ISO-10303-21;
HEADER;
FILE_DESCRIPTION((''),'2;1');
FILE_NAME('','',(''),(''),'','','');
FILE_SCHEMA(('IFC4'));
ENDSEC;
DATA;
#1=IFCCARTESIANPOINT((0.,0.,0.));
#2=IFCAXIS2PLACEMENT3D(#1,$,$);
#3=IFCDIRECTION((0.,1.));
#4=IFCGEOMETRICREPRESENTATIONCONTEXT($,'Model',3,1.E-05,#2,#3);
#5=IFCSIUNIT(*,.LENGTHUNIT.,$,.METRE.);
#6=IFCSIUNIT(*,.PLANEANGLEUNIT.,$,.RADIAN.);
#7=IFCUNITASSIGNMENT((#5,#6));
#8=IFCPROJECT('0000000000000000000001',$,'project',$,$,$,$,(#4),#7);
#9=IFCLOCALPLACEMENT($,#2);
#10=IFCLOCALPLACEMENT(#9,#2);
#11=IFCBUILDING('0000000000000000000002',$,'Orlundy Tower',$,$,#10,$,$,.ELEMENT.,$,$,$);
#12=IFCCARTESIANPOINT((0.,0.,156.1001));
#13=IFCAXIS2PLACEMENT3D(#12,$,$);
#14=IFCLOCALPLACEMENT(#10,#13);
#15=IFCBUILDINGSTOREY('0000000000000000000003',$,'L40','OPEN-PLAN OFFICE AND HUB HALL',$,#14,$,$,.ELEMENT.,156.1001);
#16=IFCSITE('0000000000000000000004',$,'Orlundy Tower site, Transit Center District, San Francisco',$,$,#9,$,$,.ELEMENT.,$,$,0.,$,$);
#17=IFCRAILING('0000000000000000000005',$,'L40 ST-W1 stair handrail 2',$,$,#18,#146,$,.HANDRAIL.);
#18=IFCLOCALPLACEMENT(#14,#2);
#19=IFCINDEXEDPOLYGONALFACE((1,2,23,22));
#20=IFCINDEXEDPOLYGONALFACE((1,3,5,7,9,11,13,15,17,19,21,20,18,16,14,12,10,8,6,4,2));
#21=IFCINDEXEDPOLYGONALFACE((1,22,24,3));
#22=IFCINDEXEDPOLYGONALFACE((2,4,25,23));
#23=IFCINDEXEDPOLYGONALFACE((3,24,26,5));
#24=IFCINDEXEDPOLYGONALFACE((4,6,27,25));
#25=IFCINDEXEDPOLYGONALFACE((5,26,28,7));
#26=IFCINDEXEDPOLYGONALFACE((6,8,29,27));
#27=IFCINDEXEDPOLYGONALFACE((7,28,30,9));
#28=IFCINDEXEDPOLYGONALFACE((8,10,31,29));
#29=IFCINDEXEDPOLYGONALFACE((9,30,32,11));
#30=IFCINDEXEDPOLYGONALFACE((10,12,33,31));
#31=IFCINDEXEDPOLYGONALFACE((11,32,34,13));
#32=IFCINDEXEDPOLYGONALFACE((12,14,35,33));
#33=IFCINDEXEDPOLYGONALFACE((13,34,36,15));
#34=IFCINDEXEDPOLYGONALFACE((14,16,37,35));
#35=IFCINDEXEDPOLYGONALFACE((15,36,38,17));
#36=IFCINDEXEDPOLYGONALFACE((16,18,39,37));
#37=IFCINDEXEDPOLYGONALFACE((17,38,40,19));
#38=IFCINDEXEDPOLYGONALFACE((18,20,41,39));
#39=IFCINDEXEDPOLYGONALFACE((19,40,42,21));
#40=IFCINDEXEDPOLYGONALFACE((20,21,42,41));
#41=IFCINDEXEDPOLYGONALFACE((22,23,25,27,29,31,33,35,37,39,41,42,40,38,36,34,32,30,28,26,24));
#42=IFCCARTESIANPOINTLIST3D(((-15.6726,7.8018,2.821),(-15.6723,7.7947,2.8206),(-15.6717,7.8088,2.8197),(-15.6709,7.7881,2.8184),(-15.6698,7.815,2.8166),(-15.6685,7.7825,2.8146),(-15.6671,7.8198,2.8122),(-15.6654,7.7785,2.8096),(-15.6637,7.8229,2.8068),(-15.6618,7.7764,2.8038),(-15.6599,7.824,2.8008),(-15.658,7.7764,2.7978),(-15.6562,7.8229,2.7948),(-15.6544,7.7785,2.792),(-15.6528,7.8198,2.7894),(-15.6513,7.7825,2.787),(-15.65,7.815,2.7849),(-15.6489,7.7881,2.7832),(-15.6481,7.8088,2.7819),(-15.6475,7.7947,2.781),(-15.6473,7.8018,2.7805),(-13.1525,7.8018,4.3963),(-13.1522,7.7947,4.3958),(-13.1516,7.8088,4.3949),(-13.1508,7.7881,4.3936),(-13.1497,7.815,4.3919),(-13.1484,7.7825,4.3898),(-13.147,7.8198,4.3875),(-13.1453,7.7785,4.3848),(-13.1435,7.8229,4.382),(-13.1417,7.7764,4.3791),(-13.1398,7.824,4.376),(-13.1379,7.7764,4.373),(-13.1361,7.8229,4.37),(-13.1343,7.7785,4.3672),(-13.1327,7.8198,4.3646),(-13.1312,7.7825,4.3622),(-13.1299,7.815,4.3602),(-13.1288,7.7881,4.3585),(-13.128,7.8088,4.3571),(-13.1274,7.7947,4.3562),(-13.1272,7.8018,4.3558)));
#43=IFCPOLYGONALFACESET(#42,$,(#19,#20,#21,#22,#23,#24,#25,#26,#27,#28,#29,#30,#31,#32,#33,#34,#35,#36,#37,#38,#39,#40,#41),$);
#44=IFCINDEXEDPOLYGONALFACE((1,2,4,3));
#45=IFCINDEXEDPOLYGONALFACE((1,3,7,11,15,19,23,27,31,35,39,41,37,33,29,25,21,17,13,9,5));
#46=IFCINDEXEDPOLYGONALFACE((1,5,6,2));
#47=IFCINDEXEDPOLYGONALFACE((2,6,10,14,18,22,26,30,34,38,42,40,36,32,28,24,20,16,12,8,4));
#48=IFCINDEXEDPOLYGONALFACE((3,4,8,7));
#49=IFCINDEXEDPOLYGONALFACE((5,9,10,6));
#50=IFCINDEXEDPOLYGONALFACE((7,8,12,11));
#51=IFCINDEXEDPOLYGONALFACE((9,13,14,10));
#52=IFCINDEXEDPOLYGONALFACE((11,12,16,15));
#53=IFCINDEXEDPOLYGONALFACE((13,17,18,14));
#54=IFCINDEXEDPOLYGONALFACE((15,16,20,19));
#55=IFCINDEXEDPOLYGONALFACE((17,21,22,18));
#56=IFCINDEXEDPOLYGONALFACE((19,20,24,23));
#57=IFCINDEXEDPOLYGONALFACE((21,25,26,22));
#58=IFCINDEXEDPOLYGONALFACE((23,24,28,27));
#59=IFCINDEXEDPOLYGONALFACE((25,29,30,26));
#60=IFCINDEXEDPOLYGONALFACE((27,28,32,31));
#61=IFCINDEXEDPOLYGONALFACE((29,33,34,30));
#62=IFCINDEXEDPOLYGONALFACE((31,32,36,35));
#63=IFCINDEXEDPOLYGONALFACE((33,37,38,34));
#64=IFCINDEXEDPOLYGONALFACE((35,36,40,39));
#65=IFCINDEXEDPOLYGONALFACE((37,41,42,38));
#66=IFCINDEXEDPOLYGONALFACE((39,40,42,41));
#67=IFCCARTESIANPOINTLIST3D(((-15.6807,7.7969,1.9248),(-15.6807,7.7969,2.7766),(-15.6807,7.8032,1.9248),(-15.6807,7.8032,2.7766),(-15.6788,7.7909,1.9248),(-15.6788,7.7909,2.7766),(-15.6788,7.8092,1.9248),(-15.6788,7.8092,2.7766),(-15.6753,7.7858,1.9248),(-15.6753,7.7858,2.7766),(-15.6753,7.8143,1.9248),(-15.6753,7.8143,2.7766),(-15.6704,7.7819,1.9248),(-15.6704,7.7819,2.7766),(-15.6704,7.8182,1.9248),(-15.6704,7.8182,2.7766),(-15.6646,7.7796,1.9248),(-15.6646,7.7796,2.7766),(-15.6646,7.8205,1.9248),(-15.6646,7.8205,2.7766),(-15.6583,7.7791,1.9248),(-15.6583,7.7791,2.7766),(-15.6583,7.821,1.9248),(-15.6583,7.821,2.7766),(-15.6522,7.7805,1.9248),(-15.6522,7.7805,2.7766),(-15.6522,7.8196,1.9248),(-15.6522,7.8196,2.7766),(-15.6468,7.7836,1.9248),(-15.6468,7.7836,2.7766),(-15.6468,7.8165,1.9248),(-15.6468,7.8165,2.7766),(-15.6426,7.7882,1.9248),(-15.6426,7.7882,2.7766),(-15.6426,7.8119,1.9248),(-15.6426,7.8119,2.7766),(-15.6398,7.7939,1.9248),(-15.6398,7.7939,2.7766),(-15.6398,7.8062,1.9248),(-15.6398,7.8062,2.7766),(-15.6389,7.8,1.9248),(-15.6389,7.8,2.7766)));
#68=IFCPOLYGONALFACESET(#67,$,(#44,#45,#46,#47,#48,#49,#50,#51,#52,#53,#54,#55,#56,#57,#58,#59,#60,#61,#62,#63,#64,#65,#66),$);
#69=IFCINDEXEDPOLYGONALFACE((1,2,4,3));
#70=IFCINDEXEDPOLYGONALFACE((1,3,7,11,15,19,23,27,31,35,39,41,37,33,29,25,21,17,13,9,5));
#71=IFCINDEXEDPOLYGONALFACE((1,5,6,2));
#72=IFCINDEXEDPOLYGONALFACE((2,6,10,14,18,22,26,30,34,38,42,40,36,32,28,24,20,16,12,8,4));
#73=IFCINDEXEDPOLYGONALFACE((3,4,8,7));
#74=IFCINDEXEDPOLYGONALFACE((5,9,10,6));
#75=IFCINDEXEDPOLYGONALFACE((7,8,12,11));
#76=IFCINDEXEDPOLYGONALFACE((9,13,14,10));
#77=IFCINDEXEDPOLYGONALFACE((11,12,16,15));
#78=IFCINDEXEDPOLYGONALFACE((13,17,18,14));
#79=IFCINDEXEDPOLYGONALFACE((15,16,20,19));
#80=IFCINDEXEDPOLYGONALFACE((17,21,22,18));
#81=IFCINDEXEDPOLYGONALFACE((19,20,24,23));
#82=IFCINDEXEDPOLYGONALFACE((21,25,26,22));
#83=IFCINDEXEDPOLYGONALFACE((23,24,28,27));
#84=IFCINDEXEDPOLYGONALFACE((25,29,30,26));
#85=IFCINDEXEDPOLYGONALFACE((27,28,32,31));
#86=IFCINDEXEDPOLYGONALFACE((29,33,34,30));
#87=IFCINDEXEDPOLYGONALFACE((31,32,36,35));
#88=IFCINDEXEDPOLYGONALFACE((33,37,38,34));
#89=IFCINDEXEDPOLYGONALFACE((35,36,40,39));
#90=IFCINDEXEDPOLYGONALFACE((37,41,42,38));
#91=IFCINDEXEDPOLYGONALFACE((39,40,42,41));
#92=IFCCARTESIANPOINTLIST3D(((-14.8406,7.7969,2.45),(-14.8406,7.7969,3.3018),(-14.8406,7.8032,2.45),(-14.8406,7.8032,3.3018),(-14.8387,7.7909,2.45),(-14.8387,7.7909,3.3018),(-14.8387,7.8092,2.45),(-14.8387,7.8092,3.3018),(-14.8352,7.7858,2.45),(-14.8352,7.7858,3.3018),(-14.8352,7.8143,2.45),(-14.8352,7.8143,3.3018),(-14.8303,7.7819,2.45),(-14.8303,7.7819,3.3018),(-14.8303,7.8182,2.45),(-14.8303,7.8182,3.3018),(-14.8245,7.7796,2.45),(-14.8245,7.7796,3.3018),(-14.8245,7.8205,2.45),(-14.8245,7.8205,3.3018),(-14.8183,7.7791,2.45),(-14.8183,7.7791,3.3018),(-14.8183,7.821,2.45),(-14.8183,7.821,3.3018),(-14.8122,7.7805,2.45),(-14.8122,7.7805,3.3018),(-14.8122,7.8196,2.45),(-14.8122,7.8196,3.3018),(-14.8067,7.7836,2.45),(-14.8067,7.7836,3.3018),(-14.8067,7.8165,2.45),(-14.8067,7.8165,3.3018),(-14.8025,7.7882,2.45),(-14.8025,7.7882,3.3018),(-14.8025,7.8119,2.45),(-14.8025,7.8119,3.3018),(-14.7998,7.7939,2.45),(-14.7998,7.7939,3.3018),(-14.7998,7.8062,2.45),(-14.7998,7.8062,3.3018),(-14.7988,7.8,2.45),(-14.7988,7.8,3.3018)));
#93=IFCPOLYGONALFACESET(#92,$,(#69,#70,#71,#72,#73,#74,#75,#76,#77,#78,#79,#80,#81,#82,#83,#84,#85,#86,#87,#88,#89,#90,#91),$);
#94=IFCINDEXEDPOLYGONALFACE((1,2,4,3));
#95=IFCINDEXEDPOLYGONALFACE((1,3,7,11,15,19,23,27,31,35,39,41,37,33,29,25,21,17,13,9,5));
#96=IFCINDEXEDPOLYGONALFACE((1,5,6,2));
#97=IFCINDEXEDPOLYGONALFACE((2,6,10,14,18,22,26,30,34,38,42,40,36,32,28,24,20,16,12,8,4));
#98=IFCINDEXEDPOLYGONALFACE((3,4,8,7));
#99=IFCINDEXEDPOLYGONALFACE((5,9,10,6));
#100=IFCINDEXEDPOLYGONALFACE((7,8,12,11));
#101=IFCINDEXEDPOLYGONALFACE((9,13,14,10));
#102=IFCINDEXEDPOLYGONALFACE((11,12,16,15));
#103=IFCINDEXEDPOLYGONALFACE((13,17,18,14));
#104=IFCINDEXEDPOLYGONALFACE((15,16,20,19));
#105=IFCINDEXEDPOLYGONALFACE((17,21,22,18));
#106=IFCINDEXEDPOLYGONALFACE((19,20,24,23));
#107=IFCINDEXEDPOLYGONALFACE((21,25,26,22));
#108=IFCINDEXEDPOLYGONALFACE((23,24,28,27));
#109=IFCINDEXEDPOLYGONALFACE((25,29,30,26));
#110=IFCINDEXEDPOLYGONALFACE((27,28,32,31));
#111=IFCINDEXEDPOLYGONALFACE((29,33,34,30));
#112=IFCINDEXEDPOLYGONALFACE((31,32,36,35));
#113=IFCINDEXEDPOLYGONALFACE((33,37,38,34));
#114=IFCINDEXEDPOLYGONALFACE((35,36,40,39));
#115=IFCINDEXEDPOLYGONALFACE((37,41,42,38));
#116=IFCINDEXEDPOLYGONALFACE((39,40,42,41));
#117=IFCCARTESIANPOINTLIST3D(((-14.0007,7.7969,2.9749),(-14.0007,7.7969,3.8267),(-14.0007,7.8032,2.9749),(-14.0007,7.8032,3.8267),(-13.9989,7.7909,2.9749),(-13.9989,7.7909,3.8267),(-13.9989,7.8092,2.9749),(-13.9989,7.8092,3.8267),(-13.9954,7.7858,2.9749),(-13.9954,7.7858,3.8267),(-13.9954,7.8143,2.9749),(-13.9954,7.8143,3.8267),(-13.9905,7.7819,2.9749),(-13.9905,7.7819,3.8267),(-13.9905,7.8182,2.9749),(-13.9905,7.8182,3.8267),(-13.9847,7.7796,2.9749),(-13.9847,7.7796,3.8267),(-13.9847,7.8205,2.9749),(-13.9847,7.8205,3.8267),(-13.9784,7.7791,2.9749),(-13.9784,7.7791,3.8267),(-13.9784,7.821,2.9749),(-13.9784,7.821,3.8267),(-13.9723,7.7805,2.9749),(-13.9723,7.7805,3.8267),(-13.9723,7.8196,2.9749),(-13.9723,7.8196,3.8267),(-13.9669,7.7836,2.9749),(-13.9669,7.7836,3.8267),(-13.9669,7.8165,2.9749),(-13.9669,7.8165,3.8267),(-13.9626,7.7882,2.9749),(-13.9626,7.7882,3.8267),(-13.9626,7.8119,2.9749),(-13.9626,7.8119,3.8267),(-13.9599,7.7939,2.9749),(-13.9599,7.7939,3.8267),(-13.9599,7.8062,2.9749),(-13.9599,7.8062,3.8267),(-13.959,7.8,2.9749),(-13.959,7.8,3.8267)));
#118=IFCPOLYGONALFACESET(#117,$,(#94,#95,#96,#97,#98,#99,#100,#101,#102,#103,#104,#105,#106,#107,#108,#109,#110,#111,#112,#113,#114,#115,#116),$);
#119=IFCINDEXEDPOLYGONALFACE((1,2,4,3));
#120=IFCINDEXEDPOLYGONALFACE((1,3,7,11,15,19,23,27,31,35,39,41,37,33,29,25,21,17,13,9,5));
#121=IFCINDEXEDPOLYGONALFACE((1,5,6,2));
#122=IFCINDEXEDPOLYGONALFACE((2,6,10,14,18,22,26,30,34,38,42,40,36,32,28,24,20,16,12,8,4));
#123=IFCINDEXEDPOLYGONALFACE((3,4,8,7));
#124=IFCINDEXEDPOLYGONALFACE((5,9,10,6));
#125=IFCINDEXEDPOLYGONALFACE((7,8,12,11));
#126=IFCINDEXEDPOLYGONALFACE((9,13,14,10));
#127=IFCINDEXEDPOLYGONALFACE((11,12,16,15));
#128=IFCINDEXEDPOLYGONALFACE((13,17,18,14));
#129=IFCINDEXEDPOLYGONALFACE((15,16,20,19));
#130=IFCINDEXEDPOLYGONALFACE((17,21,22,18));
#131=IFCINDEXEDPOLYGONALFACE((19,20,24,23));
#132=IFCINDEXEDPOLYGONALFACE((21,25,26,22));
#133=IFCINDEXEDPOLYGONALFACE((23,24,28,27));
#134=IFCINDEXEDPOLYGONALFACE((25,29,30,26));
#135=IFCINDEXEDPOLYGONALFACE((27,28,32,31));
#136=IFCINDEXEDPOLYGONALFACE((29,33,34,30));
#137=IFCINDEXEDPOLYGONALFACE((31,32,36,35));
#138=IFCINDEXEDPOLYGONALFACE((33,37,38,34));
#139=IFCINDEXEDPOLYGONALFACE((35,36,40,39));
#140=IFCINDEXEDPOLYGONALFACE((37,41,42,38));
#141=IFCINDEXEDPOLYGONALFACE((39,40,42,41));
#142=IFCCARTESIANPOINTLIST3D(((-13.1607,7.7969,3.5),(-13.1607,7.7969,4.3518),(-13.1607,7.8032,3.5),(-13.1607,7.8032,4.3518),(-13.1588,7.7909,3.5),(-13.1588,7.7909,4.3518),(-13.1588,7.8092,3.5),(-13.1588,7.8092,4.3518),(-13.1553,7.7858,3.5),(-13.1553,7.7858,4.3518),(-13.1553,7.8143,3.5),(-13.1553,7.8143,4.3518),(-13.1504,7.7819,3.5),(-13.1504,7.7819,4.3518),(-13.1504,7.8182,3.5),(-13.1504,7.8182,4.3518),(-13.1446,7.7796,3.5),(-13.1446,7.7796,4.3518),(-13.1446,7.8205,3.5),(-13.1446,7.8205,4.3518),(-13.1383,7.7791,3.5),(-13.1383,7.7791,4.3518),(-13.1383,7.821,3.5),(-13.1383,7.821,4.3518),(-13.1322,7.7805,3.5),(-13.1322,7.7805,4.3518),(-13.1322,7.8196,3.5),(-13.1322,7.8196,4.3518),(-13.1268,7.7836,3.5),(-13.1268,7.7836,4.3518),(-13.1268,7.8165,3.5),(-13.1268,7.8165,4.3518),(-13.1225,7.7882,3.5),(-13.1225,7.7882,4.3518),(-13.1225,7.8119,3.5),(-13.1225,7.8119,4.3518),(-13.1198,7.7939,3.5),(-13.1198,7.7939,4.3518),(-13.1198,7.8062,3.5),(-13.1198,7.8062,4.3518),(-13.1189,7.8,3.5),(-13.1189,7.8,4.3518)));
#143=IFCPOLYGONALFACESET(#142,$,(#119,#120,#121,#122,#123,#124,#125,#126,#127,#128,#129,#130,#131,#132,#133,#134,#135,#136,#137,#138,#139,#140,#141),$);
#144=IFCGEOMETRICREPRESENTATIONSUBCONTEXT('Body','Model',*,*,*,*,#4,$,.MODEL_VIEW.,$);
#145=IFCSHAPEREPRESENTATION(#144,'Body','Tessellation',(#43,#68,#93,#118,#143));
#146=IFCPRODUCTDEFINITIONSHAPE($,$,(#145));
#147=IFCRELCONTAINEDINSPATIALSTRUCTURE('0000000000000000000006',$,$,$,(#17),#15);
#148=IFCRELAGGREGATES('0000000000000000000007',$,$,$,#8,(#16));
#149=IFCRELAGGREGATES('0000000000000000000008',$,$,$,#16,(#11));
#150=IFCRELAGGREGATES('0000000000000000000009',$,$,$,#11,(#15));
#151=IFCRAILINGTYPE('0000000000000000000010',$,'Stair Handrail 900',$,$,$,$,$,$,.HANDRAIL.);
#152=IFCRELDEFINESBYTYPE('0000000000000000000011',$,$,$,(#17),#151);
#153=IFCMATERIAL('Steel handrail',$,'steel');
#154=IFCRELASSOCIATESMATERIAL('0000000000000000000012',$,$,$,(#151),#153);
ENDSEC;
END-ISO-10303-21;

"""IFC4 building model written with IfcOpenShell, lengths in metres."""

from ifc_helpers import new_model, si_unit, direction, frame, origin, origin_2d, place, context, subcontext, project, spatial, circle, extrude, material, type_object, element, save


model = new_model("IFC4")

# Units and contexts
model_context = context("Model", 3, precision=1e-05, world=origin(), true_north=direction((0.0, 1.0)))
body_context = subcontext(model_context, "Body", "Model", "MODEL_VIEW")
ifc_project = project(units=[si_unit("LENGTHUNIT", "METRE"), si_unit("PLANEANGLEUNIT", "RADIAN")], contexts=[model_context])

# Site, building, storey
site_placement = place(None, origin())
site = spatial("IfcSite", under=ifc_project, at=site_placement, Name="Orlundy Tower site, Transit Center District, San Francisco", CompositionType="ELEMENT", RefElevation=0.0)
building_placement = place(site_placement, origin())
building = spatial("IfcBuilding", under=site, at=building_placement, Name="Orlundy Tower", CompositionType="ELEMENT")
storey_placement = place(building_placement, frame((0.0, 0.0, 156.1001)))
storey = spatial("IfcBuildingStorey", under=building, at=storey_placement, Name="L40", Description="OPEN-PLAN OFFICE AND HUB HALL", CompositionType="ELEMENT", Elevation=156.1001)

# Railing
ifc_material_1 = material(Name="Steel handrail", Category="steel")
railing_type = type_object("IfcRailingType", Name="Stair Handrail 900", PredefinedType="HANDRAIL", material=ifc_material_1)
railing_placement = place(storey_placement, frame((-15.6599, 7.8, 1.9248)))
element("IfcRailing", 1, at=railing_placement, inside=storey, type_object=railing_type, Name="L40 ST-W1 stair handrail 2", PredefinedType="HANDRAIL", context=body_context, shape_type="SweptSolid", body=[
    extrude(circle(Radius=0.0239, at=origin_2d()), frame((0.0, 0.0, 0.876), z_axis=(0.847971, 0.0, 0.530043), x_axis=(0.0, 1.0, 0.0)), (0.0, 0.0, 1.0), 2.9719),
    extrude(circle(Radius=0.021, at=origin_2d()), origin(), (0.0, 0.0, 1.0), 0.8518),
    extrude(circle(Radius=0.021, at=origin_2d()), frame((0.8401, 0.0, 0.5251)), (0.0, 0.0, 1.0), 0.8518),
    extrude(circle(Radius=0.021, at=origin_2d()), frame((1.6799, 0.0, 1.05)), (0.0, 0.0, 1.0), 0.8518),
    extrude(circle(Radius=0.021, at=origin_2d()), frame((2.52, 0.0, 1.5752)), (0.0, 0.0, 1.0), 0.8518),
])

save(model, "model.ifc")
